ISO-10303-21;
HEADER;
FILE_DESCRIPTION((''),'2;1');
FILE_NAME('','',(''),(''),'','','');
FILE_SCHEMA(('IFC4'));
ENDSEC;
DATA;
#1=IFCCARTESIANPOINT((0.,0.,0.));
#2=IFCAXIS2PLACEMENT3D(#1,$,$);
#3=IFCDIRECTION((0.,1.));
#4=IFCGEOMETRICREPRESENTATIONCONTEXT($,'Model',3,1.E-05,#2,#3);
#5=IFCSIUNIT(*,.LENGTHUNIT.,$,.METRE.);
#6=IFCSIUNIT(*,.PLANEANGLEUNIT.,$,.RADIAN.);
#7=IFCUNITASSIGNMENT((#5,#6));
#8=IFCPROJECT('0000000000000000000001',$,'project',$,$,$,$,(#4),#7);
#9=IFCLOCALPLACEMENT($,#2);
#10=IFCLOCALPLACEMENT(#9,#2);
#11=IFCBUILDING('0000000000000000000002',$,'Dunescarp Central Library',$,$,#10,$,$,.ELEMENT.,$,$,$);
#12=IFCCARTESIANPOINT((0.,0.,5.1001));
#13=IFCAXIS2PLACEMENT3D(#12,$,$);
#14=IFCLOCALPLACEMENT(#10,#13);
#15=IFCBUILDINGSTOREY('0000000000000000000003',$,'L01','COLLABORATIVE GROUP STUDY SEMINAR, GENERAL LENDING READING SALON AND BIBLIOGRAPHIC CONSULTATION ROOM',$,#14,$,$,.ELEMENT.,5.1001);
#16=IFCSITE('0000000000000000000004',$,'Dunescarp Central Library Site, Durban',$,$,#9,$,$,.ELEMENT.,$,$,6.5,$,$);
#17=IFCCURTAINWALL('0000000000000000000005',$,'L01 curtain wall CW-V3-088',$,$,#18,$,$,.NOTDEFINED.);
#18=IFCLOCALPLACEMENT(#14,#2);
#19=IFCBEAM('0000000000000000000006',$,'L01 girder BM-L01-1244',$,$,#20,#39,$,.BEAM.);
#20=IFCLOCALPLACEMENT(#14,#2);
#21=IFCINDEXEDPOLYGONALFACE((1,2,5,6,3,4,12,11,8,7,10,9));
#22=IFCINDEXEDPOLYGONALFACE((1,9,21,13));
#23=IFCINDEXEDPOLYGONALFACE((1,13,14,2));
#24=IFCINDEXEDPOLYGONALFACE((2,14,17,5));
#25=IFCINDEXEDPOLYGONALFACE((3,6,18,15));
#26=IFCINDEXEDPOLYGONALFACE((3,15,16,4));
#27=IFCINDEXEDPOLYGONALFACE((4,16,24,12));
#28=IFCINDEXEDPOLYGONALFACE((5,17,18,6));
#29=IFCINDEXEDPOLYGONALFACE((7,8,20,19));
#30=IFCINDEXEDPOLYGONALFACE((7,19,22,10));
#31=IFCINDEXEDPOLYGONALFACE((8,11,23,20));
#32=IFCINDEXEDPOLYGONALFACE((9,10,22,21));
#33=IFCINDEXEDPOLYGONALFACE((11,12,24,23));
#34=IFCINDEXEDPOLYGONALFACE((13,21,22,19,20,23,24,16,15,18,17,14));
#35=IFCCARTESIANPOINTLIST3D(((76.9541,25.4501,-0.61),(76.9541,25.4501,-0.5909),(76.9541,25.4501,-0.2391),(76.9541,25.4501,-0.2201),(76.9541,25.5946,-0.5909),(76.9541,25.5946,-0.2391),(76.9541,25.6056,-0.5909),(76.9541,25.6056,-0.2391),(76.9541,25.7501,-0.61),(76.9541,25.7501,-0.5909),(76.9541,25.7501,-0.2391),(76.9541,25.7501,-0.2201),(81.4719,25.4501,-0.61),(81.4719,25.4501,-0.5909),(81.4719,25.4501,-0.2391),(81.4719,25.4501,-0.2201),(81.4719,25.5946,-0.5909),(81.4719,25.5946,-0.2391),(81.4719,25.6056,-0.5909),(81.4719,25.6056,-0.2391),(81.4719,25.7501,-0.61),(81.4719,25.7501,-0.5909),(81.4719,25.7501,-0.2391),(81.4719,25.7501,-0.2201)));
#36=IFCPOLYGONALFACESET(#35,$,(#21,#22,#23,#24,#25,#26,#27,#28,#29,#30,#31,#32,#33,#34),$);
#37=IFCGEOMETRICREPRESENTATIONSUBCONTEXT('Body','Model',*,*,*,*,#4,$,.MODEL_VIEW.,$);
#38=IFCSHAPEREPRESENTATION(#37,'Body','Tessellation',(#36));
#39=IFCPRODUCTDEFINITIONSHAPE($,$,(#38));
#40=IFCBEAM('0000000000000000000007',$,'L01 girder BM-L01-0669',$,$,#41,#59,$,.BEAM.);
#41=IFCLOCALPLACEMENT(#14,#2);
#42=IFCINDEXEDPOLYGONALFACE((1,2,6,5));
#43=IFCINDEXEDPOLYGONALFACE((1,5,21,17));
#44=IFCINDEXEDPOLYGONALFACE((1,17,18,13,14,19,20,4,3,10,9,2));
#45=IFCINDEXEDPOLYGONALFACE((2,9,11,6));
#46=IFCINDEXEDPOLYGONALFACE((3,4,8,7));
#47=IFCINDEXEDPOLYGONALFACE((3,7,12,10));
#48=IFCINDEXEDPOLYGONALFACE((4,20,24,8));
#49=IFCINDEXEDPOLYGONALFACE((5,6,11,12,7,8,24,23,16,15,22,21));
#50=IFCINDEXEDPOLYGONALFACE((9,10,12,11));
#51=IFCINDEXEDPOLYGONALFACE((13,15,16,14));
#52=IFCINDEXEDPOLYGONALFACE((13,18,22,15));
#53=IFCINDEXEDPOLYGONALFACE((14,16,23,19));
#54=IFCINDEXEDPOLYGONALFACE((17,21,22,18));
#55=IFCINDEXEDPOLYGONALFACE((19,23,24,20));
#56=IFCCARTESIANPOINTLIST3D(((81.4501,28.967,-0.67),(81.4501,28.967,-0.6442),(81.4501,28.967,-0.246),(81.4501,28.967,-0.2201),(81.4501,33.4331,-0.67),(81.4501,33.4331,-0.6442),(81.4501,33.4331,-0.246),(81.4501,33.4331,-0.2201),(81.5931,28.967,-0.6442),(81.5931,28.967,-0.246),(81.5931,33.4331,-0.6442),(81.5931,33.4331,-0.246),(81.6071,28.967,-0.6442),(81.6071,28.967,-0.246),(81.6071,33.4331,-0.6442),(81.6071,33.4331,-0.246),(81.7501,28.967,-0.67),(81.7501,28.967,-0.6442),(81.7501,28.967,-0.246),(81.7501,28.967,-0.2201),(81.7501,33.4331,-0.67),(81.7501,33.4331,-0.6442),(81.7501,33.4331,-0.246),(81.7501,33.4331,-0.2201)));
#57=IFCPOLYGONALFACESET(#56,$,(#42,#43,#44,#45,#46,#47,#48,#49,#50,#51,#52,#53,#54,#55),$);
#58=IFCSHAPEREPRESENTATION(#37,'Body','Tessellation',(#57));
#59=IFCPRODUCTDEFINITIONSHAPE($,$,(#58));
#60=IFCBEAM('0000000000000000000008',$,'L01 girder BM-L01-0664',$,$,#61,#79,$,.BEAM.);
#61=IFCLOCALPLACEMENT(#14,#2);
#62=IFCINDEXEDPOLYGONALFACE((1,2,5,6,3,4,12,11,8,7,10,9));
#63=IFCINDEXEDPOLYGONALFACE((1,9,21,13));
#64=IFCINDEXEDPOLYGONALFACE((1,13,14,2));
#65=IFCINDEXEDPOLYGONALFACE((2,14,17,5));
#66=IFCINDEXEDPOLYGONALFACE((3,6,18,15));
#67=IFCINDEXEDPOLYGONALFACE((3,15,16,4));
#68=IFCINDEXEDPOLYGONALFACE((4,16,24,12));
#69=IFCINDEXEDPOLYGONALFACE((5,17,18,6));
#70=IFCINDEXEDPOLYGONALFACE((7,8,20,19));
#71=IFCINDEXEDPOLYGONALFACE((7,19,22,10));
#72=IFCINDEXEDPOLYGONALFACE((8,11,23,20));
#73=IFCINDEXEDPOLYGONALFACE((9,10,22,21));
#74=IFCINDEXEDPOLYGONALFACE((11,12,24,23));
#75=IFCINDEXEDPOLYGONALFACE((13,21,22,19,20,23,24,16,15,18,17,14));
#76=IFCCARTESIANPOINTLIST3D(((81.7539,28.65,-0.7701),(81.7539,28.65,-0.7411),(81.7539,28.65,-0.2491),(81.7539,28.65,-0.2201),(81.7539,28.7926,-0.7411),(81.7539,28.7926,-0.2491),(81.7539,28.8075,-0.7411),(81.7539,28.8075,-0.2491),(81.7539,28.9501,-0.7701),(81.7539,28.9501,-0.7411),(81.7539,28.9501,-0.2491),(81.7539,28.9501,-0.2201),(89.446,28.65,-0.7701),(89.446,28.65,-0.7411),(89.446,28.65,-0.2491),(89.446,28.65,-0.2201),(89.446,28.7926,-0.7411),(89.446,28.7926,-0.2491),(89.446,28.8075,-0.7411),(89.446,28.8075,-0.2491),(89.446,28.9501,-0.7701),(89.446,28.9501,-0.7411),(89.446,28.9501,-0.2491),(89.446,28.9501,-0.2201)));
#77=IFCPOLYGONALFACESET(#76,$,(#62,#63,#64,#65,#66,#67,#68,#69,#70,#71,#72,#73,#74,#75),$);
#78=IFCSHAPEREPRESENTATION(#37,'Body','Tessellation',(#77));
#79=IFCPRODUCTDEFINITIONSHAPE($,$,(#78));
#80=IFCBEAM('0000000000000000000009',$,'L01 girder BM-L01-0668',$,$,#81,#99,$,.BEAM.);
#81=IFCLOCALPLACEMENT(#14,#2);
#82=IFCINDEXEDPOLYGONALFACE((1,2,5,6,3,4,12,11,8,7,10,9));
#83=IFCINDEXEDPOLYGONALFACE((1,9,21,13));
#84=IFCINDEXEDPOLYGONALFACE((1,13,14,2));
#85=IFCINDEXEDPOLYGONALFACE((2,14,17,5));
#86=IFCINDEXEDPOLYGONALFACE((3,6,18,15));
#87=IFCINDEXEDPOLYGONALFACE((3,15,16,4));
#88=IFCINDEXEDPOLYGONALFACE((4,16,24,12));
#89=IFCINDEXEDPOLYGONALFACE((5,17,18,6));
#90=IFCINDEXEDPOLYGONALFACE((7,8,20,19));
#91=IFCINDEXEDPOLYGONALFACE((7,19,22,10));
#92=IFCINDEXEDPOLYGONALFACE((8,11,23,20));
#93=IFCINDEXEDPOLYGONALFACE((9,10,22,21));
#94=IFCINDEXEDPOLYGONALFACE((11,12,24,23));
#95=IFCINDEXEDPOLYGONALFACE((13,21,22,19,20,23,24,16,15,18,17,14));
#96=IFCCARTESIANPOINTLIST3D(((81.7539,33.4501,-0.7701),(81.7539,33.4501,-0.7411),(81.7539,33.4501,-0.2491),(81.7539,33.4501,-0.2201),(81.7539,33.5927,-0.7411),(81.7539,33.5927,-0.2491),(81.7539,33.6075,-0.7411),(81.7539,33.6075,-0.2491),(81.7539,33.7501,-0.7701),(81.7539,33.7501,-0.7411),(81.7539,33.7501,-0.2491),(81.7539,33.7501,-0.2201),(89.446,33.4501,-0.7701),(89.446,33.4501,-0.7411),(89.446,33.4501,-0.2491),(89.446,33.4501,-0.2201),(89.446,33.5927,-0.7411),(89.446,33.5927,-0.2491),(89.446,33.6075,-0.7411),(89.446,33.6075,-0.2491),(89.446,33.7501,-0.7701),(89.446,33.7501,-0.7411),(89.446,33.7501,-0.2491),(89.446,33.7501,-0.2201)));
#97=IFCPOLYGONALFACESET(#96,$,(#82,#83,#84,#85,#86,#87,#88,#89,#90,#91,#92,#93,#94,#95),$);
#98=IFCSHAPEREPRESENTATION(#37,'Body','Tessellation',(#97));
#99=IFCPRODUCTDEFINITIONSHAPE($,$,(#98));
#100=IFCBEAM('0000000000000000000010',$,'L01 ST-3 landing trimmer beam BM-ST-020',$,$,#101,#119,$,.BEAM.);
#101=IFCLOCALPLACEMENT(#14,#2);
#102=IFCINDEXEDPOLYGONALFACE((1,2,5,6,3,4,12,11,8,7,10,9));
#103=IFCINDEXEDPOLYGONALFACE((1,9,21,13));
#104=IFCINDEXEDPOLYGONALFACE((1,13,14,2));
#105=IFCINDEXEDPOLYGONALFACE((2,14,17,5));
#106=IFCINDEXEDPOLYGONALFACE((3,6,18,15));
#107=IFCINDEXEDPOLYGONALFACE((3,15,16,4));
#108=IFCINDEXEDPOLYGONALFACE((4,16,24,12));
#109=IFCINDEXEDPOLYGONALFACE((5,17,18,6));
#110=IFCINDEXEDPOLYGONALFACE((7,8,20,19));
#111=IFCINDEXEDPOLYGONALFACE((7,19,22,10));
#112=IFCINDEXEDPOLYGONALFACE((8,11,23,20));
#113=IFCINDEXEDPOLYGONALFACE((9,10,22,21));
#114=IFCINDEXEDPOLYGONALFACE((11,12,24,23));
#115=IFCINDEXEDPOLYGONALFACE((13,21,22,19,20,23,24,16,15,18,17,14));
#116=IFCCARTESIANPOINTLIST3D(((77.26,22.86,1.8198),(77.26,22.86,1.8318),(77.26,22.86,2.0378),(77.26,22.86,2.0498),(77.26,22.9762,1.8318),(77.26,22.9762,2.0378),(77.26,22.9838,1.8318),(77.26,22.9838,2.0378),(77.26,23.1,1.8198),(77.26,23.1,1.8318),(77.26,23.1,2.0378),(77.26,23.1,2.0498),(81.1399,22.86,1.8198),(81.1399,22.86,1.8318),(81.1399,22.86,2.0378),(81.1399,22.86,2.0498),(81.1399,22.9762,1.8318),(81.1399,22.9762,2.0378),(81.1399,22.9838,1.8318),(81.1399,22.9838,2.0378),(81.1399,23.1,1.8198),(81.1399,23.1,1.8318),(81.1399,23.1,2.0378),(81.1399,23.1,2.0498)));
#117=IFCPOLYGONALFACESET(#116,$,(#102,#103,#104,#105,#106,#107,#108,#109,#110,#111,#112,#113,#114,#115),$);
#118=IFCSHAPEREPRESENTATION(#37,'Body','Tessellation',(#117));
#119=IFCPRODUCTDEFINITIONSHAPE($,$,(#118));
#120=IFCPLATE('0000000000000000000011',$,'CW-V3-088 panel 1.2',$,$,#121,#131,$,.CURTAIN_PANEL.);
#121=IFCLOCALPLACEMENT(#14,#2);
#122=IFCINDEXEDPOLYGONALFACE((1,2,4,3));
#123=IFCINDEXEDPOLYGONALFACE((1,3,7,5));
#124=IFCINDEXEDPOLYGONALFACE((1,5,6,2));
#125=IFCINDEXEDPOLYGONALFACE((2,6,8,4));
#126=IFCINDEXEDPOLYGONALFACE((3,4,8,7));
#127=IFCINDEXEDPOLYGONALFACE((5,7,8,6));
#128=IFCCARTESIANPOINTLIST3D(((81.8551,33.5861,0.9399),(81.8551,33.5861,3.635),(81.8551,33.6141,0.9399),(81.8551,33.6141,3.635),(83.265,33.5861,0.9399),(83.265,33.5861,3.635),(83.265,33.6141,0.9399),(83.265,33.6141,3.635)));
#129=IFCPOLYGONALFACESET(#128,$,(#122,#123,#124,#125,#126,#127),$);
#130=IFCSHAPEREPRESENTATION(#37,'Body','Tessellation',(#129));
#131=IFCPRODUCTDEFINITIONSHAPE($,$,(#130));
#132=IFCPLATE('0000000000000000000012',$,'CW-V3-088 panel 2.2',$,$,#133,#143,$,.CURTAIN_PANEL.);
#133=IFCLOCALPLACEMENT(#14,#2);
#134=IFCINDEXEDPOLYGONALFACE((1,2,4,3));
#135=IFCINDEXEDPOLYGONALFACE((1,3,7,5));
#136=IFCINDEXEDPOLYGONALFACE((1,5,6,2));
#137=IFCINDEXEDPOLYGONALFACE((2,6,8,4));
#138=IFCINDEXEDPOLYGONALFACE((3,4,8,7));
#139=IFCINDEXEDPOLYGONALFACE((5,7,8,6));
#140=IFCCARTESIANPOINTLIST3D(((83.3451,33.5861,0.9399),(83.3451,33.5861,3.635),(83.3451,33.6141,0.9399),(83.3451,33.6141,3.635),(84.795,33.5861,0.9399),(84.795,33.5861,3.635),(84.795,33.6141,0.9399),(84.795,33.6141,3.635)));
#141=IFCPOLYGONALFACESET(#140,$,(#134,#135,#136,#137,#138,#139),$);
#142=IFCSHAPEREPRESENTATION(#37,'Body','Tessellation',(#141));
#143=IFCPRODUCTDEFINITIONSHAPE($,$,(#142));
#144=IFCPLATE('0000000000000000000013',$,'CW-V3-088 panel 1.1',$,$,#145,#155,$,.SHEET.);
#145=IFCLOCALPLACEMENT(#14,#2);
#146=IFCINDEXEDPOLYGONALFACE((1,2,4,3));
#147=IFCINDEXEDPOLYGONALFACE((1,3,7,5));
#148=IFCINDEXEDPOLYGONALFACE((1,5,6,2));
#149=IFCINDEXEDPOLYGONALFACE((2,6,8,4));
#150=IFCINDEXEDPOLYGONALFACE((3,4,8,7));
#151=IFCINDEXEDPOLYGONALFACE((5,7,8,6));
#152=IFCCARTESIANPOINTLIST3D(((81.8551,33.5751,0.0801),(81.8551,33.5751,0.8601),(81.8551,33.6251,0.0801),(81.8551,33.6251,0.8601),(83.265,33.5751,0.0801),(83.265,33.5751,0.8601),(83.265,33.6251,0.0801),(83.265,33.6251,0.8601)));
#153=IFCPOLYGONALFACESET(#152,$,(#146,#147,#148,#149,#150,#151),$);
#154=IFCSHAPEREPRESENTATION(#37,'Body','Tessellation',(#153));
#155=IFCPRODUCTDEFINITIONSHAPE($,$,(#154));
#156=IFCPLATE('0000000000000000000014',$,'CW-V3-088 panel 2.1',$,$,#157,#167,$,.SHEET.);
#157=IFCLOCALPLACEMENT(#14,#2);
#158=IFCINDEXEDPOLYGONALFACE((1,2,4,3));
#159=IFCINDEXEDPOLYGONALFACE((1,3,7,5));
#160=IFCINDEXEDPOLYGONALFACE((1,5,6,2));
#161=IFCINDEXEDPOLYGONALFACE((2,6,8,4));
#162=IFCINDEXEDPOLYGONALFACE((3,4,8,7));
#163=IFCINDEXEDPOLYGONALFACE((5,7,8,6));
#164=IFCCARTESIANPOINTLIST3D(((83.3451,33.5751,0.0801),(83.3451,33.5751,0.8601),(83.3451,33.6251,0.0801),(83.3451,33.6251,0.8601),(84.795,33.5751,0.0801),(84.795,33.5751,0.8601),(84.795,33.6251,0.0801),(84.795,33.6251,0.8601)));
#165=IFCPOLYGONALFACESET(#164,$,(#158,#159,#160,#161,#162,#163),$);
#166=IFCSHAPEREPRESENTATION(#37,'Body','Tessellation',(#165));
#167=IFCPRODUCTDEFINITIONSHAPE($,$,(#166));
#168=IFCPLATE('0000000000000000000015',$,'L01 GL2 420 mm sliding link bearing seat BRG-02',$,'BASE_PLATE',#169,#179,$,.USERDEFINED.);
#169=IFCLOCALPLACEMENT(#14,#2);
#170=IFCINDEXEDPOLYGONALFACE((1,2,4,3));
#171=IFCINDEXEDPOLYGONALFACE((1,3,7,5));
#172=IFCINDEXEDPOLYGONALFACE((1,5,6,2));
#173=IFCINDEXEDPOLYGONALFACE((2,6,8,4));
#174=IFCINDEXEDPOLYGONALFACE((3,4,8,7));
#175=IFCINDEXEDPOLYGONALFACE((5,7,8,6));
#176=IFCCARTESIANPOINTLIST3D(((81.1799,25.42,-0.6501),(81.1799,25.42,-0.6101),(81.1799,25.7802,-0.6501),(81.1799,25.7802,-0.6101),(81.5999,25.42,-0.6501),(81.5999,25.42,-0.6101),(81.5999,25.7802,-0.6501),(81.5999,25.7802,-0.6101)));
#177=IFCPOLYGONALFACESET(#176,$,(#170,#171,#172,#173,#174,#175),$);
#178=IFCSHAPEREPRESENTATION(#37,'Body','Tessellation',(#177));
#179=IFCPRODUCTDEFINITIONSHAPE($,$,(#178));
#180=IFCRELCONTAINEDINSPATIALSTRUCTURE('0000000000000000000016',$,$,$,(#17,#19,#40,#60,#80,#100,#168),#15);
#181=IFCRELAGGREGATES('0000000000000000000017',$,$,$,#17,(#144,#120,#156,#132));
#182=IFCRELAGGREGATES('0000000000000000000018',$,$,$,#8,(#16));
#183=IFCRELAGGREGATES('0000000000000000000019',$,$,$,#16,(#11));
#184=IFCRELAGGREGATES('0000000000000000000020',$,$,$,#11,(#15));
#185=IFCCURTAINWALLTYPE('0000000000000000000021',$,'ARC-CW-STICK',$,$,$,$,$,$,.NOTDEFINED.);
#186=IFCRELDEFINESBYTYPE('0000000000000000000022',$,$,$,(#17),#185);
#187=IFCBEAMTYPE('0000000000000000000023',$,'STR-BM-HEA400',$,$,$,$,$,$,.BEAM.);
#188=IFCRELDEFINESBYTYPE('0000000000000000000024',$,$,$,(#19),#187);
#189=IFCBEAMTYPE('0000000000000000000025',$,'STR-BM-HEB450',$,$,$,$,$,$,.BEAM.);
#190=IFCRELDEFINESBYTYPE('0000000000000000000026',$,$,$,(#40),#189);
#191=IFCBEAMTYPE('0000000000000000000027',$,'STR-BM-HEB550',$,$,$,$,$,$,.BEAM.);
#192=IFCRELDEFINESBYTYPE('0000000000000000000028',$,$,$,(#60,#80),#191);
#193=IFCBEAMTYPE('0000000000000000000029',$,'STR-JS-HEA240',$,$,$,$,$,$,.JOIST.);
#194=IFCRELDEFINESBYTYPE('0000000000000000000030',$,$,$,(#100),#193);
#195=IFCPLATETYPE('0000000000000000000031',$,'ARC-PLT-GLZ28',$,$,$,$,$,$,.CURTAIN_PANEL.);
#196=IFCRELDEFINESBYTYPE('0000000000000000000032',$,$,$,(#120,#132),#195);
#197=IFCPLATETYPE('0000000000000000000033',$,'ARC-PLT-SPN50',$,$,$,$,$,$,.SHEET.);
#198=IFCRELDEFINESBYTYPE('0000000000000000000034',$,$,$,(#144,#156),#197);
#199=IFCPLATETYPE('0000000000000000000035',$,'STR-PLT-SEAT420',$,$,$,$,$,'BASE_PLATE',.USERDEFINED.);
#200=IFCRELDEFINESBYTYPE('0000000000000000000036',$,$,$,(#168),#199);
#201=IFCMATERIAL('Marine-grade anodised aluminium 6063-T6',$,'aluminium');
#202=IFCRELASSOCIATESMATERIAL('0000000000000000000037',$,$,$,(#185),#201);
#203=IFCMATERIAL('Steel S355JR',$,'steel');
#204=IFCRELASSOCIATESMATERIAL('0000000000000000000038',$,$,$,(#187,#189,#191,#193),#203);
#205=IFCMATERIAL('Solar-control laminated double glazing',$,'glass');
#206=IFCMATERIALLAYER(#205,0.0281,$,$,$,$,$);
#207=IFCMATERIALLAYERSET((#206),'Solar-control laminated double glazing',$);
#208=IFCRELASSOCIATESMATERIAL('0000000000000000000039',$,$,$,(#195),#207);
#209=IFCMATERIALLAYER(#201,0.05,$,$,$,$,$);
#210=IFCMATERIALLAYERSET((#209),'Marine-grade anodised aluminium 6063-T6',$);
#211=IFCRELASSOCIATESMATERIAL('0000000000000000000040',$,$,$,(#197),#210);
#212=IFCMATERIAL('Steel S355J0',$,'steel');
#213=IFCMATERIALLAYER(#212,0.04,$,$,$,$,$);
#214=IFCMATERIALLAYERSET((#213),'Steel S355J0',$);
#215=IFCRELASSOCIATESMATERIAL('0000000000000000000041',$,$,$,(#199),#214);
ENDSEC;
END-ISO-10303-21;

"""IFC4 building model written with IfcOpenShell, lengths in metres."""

from ifc_helpers import new_model, si_unit, direction, frame, origin, origin_2d, place, context, subcontext, project, spatial, rectangle, i_section, extrude, material, layer, layer_set, material_profile, profile_set, type_object, element, aggregate, save


model = new_model("IFC4")

# Units and contexts
model_context = context("Model", 3, precision=1e-05, world=origin(), true_north=direction((0.0, 1.0)))
body_context = subcontext(model_context, "Body", "Model", "MODEL_VIEW")
ifc_project = project(units=[si_unit("LENGTHUNIT", "METRE"), si_unit("PLANEANGLEUNIT", "RADIAN")], contexts=[model_context])

# Site, building, storey
site_placement = place(None, origin())
site = spatial("IfcSite", under=ifc_project, at=site_placement, Name="Dunescarp Central Library Site, Durban", CompositionType="ELEMENT", RefElevation=6.5)
building_placement = place(site_placement, origin())
building = spatial("IfcBuilding", under=site, at=building_placement, Name="Dunescarp Central Library", CompositionType="ELEMENT")
storey_placement = place(building_placement, frame((0.0, 0.0, 5.1001)))
storey = spatial("IfcBuildingStorey", under=building, at=storey_placement, Name="L01", Description="COLLABORATIVE GROUP STUDY SEMINAR, GENERAL LENDING READING SALON AND BIBLIOGRAPHIC CONSULTATION ROOM", CompositionType="ELEMENT", Elevation=5.1001)

# Shared definitions
ifc_material_1 = material(Name="Steel S355JR", Category="steel")

# Curtain wall
ifc_material_2 = material(Name="Marine-grade anodised aluminium 6063-T6", Category="aluminium")
curtain_wall_type = type_object("IfcCurtainWallType", Name="ARC-CW-STICK", PredefinedType="NOTDEFINED", material=ifc_material_2)
curtain_wall_placement = place(storey_placement, origin())
curtain_wall = element("IfcCurtainWall", 1, at=curtain_wall_placement, inside=storey, type_object=curtain_wall_type, Name="L01 curtain wall CW-V3-088", PredefinedType="NOTDEFINED")

# Beams
ifc_material_profile_1 = material_profile(ifc_material_1, i_section(OverallWidth=0.3, OverallDepth=0.3899, WebThickness=0.011, FlangeThickness=0.019, at=origin_2d()), Name="HEA 400")
ifc_profile_set_1 = profile_set([ifc_material_profile_1], Name="Steel S355JR")
beam_type_1 = type_object("IfcBeamType", Name="STR-BM-HEA400", PredefinedType="BEAM", material=ifc_profile_set_1)
beam_1_placement = place(storey_placement, frame((76.9541, 25.6001, -0.415), z_axis=(1.0, 0.0, 0.0), x_axis=(0.0, 1.0, 0.0)))
element("IfcBeam", 2, at=beam_1_placement, inside=storey, type_object=beam_type_1, Name="L01 girder BM-L01-1244", PredefinedType="BEAM", context=body_context, shape_type="SweptSolid", body=[
    extrude(i_section(OverallWidth=0.3, OverallDepth=0.3899, WebThickness=0.011, FlangeThickness=0.019, at=origin_2d()), origin(), (0.0, 0.0, 1.0), 4.5178),
])
ifc_material_profile_2 = material_profile(ifc_material_1, i_section(OverallWidth=0.3, OverallDepth=0.45, WebThickness=0.0139, FlangeThickness=0.0259, at=origin_2d()), Name="HEB 450")
ifc_profile_set_2 = profile_set([ifc_material_profile_2], Name="Steel S355JR")
beam_type_2 = type_object("IfcBeamType", Name="STR-BM-HEB450", PredefinedType="BEAM", material=ifc_profile_set_2)
beam_2_placement = place(storey_placement, frame((81.6001, 28.967, -0.4451), z_axis=(0.0, 1.0, 0.0), x_axis=(-1.0, 0.0, 0.0)))
element("IfcBeam", 3, at=beam_2_placement, inside=storey, type_object=beam_type_2, Name="L01 girder BM-L01-0669", PredefinedType="BEAM", context=body_context, shape_type="SweptSolid", body=[
    extrude(i_section(OverallWidth=0.3, OverallDepth=0.45, WebThickness=0.0139, FlangeThickness=0.0259, at=origin_2d()), origin(), (0.0, 0.0, 1.0), 4.4661),
])
ifc_material_profile_3 = material_profile(ifc_material_1, i_section(OverallWidth=0.3, OverallDepth=0.55, WebThickness=0.0149, FlangeThickness=0.0291, at=origin_2d()), Name="HEB 550")
ifc_profile_set_3 = profile_set([ifc_material_profile_3], Name="Steel S355JR")
beam_type_3 = type_object("IfcBeamType", Name="STR-BM-HEB550", PredefinedType="BEAM", material=ifc_profile_set_3)
for number, where, z_axis, x_axis, name in (
    (4, (81.7539, 28.8, -0.4951), (1.0, 0.0, 0.0), (0.0, 1.0, 0.0), "L01 girder BM-L01-0664"),
    (5, (81.7539, 33.6001, -0.4951), (1.0, 0.0, 0.0), (0.0, 1.0, 0.0), "L01 girder BM-L01-0668"),
):
    element("IfcBeam", number, at=place(storey_placement, frame(where, z_axis=z_axis, x_axis=x_axis)), inside=storey, type_object=beam_type_3, Name=name, PredefinedType="BEAM", context=body_context, shape_type="SweptSolid", body=[
        extrude(i_section(OverallWidth=0.3, OverallDepth=0.55, WebThickness=0.0149, FlangeThickness=0.0291, at=origin_2d()), origin(), (0.0, 0.0, 1.0), 7.6921),
    ])
ifc_material_profile_4 = material_profile(ifc_material_1, i_section(OverallWidth=0.24, OverallDepth=0.23, WebThickness=0.0076, FlangeThickness=0.012, at=origin_2d()), Name="HEA 240")
ifc_profile_set_4 = profile_set([ifc_material_profile_4], Name="Steel S355JR")
beam_type_4 = type_object("IfcBeamType", Name="STR-JS-HEA240", PredefinedType="JOIST", material=ifc_profile_set_4)
beam_3_placement = place(storey_placement, frame((77.26, 22.98, 1.9348), z_axis=(1.0, 0.0, 0.0), x_axis=(0.0, 1.0, 0.0)))
element("IfcBeam", 6, at=beam_3_placement, inside=storey, type_object=beam_type_4, Name="L01 ST-3 landing trimmer beam BM-ST-020", PredefinedType="BEAM", context=body_context, shape_type="SweptSolid", body=[
    extrude(i_section(OverallWidth=0.24, OverallDepth=0.23, WebThickness=0.0076, FlangeThickness=0.012, at=origin_2d()), origin(), (0.0, 0.0, 1.0), 3.8799),
])

# Plates
ifc_material_3 = material(Name="Solar-control laminated double glazing", Category="glass")
ifc_layer_1 = layer(ifc_material_3, 0.0281)
ifc_layer_set_1 = layer_set([ifc_layer_1], Name="Solar-control laminated double glazing")
plate_type_1 = type_object("IfcPlateType", Name="ARC-PLT-GLZ28", PredefinedType="CURTAIN_PANEL", material=ifc_layer_set_1)
plate_1_placement = place(storey_placement, frame((82.5601, 33.6001, 0.9399), z_axis=(0.0, 0.0, 1.0), x_axis=(1.0, 0.0, 0.0)))
plate_1 = element("IfcPlate", 7, at=plate_1_placement, type_object=plate_type_1, Name="CW-V3-088 panel 1.2", PredefinedType="CURTAIN_PANEL", context=body_context, shape_type="SweptSolid", body=[
    extrude(rectangle(XDim=1.4099, YDim=0.0281, at=origin_2d()), origin(), (0.0, 0.0, 1.0), 2.6951),
])
plate_2_placement = place(storey_placement, frame((84.0701, 33.6001, 0.9399), z_axis=(0.0, 0.0, 1.0), x_axis=(1.0, 0.0, 0.0)))
plate_2 = element("IfcPlate", 8, at=plate_2_placement, type_object=plate_type_1, Name="CW-V3-088 panel 2.2", PredefinedType="CURTAIN_PANEL", context=body_context, shape_type="SweptSolid", body=[
    extrude(rectangle(XDim=1.45, YDim=0.0281, at=origin_2d()), origin(), (0.0, 0.0, 1.0), 2.6951),
])
ifc_layer_2 = layer(ifc_material_2, 0.05)
ifc_layer_set_2 = layer_set([ifc_layer_2], Name="Marine-grade anodised aluminium 6063-T6")
plate_type_2 = type_object("IfcPlateType", Name="ARC-PLT-SPN50", PredefinedType="SHEET", material=ifc_layer_set_2)
plate_3_placement = place(storey_placement, frame((82.5601, 33.6001, 0.0801), z_axis=(0.0, 0.0, 1.0), x_axis=(1.0, 0.0, 0.0)))
plate_3 = element("IfcPlate", 9, at=plate_3_placement, type_object=plate_type_2, Name="CW-V3-088 panel 1.1", PredefinedType="SHEET", context=body_context, shape_type="SweptSolid", body=[
    extrude(rectangle(XDim=1.4099, YDim=0.05, at=origin_2d()), origin(), (0.0, 0.0, 1.0), 0.78),
])
plate_4_placement = place(storey_placement, frame((84.0701, 33.6001, 0.0801), z_axis=(0.0, 0.0, 1.0), x_axis=(1.0, 0.0, 0.0)))
plate_4 = element("IfcPlate", 10, at=plate_4_placement, type_object=plate_type_2, Name="CW-V3-088 panel 2.1", PredefinedType="SHEET", context=body_context, shape_type="SweptSolid", body=[
    extrude(rectangle(XDim=1.45, YDim=0.05, at=origin_2d()), origin(), (0.0, 0.0, 1.0), 0.78),
])
aggregate(curtain_wall, [plate_3, plate_1, plate_4, plate_2])
ifc_material_4 = material(Name="Steel S355J0", Category="steel")
ifc_layer_3 = layer(ifc_material_4, 0.04)
ifc_layer_set_3 = layer_set([ifc_layer_3], Name="Steel S355J0")
plate_type_3 = type_object("IfcPlateType", Name="STR-PLT-SEAT420", ElementType="BASE_PLATE", PredefinedType="USERDEFINED", material=ifc_layer_set_3)
plate_5_placement = place(storey_placement, frame((81.3899, 25.6001, -0.6501), z_axis=(0.0, 0.0, 1.0), x_axis=(1.0, 0.0, 0.0)))
element("IfcPlate", 11, at=plate_5_placement, inside=storey, type_object=plate_type_3, Name="L01 GL2 420 mm sliding link bearing seat BRG-02", ObjectType="BASE_PLATE", PredefinedType="USERDEFINED", context=body_context, shape_type="SweptSolid", body=[
    extrude(rectangle(XDim=0.4199, YDim=0.3601, at=origin_2d()), origin(), (0.0, 0.0, 1.0), 0.04),
])

save(model, "model.ifc")
